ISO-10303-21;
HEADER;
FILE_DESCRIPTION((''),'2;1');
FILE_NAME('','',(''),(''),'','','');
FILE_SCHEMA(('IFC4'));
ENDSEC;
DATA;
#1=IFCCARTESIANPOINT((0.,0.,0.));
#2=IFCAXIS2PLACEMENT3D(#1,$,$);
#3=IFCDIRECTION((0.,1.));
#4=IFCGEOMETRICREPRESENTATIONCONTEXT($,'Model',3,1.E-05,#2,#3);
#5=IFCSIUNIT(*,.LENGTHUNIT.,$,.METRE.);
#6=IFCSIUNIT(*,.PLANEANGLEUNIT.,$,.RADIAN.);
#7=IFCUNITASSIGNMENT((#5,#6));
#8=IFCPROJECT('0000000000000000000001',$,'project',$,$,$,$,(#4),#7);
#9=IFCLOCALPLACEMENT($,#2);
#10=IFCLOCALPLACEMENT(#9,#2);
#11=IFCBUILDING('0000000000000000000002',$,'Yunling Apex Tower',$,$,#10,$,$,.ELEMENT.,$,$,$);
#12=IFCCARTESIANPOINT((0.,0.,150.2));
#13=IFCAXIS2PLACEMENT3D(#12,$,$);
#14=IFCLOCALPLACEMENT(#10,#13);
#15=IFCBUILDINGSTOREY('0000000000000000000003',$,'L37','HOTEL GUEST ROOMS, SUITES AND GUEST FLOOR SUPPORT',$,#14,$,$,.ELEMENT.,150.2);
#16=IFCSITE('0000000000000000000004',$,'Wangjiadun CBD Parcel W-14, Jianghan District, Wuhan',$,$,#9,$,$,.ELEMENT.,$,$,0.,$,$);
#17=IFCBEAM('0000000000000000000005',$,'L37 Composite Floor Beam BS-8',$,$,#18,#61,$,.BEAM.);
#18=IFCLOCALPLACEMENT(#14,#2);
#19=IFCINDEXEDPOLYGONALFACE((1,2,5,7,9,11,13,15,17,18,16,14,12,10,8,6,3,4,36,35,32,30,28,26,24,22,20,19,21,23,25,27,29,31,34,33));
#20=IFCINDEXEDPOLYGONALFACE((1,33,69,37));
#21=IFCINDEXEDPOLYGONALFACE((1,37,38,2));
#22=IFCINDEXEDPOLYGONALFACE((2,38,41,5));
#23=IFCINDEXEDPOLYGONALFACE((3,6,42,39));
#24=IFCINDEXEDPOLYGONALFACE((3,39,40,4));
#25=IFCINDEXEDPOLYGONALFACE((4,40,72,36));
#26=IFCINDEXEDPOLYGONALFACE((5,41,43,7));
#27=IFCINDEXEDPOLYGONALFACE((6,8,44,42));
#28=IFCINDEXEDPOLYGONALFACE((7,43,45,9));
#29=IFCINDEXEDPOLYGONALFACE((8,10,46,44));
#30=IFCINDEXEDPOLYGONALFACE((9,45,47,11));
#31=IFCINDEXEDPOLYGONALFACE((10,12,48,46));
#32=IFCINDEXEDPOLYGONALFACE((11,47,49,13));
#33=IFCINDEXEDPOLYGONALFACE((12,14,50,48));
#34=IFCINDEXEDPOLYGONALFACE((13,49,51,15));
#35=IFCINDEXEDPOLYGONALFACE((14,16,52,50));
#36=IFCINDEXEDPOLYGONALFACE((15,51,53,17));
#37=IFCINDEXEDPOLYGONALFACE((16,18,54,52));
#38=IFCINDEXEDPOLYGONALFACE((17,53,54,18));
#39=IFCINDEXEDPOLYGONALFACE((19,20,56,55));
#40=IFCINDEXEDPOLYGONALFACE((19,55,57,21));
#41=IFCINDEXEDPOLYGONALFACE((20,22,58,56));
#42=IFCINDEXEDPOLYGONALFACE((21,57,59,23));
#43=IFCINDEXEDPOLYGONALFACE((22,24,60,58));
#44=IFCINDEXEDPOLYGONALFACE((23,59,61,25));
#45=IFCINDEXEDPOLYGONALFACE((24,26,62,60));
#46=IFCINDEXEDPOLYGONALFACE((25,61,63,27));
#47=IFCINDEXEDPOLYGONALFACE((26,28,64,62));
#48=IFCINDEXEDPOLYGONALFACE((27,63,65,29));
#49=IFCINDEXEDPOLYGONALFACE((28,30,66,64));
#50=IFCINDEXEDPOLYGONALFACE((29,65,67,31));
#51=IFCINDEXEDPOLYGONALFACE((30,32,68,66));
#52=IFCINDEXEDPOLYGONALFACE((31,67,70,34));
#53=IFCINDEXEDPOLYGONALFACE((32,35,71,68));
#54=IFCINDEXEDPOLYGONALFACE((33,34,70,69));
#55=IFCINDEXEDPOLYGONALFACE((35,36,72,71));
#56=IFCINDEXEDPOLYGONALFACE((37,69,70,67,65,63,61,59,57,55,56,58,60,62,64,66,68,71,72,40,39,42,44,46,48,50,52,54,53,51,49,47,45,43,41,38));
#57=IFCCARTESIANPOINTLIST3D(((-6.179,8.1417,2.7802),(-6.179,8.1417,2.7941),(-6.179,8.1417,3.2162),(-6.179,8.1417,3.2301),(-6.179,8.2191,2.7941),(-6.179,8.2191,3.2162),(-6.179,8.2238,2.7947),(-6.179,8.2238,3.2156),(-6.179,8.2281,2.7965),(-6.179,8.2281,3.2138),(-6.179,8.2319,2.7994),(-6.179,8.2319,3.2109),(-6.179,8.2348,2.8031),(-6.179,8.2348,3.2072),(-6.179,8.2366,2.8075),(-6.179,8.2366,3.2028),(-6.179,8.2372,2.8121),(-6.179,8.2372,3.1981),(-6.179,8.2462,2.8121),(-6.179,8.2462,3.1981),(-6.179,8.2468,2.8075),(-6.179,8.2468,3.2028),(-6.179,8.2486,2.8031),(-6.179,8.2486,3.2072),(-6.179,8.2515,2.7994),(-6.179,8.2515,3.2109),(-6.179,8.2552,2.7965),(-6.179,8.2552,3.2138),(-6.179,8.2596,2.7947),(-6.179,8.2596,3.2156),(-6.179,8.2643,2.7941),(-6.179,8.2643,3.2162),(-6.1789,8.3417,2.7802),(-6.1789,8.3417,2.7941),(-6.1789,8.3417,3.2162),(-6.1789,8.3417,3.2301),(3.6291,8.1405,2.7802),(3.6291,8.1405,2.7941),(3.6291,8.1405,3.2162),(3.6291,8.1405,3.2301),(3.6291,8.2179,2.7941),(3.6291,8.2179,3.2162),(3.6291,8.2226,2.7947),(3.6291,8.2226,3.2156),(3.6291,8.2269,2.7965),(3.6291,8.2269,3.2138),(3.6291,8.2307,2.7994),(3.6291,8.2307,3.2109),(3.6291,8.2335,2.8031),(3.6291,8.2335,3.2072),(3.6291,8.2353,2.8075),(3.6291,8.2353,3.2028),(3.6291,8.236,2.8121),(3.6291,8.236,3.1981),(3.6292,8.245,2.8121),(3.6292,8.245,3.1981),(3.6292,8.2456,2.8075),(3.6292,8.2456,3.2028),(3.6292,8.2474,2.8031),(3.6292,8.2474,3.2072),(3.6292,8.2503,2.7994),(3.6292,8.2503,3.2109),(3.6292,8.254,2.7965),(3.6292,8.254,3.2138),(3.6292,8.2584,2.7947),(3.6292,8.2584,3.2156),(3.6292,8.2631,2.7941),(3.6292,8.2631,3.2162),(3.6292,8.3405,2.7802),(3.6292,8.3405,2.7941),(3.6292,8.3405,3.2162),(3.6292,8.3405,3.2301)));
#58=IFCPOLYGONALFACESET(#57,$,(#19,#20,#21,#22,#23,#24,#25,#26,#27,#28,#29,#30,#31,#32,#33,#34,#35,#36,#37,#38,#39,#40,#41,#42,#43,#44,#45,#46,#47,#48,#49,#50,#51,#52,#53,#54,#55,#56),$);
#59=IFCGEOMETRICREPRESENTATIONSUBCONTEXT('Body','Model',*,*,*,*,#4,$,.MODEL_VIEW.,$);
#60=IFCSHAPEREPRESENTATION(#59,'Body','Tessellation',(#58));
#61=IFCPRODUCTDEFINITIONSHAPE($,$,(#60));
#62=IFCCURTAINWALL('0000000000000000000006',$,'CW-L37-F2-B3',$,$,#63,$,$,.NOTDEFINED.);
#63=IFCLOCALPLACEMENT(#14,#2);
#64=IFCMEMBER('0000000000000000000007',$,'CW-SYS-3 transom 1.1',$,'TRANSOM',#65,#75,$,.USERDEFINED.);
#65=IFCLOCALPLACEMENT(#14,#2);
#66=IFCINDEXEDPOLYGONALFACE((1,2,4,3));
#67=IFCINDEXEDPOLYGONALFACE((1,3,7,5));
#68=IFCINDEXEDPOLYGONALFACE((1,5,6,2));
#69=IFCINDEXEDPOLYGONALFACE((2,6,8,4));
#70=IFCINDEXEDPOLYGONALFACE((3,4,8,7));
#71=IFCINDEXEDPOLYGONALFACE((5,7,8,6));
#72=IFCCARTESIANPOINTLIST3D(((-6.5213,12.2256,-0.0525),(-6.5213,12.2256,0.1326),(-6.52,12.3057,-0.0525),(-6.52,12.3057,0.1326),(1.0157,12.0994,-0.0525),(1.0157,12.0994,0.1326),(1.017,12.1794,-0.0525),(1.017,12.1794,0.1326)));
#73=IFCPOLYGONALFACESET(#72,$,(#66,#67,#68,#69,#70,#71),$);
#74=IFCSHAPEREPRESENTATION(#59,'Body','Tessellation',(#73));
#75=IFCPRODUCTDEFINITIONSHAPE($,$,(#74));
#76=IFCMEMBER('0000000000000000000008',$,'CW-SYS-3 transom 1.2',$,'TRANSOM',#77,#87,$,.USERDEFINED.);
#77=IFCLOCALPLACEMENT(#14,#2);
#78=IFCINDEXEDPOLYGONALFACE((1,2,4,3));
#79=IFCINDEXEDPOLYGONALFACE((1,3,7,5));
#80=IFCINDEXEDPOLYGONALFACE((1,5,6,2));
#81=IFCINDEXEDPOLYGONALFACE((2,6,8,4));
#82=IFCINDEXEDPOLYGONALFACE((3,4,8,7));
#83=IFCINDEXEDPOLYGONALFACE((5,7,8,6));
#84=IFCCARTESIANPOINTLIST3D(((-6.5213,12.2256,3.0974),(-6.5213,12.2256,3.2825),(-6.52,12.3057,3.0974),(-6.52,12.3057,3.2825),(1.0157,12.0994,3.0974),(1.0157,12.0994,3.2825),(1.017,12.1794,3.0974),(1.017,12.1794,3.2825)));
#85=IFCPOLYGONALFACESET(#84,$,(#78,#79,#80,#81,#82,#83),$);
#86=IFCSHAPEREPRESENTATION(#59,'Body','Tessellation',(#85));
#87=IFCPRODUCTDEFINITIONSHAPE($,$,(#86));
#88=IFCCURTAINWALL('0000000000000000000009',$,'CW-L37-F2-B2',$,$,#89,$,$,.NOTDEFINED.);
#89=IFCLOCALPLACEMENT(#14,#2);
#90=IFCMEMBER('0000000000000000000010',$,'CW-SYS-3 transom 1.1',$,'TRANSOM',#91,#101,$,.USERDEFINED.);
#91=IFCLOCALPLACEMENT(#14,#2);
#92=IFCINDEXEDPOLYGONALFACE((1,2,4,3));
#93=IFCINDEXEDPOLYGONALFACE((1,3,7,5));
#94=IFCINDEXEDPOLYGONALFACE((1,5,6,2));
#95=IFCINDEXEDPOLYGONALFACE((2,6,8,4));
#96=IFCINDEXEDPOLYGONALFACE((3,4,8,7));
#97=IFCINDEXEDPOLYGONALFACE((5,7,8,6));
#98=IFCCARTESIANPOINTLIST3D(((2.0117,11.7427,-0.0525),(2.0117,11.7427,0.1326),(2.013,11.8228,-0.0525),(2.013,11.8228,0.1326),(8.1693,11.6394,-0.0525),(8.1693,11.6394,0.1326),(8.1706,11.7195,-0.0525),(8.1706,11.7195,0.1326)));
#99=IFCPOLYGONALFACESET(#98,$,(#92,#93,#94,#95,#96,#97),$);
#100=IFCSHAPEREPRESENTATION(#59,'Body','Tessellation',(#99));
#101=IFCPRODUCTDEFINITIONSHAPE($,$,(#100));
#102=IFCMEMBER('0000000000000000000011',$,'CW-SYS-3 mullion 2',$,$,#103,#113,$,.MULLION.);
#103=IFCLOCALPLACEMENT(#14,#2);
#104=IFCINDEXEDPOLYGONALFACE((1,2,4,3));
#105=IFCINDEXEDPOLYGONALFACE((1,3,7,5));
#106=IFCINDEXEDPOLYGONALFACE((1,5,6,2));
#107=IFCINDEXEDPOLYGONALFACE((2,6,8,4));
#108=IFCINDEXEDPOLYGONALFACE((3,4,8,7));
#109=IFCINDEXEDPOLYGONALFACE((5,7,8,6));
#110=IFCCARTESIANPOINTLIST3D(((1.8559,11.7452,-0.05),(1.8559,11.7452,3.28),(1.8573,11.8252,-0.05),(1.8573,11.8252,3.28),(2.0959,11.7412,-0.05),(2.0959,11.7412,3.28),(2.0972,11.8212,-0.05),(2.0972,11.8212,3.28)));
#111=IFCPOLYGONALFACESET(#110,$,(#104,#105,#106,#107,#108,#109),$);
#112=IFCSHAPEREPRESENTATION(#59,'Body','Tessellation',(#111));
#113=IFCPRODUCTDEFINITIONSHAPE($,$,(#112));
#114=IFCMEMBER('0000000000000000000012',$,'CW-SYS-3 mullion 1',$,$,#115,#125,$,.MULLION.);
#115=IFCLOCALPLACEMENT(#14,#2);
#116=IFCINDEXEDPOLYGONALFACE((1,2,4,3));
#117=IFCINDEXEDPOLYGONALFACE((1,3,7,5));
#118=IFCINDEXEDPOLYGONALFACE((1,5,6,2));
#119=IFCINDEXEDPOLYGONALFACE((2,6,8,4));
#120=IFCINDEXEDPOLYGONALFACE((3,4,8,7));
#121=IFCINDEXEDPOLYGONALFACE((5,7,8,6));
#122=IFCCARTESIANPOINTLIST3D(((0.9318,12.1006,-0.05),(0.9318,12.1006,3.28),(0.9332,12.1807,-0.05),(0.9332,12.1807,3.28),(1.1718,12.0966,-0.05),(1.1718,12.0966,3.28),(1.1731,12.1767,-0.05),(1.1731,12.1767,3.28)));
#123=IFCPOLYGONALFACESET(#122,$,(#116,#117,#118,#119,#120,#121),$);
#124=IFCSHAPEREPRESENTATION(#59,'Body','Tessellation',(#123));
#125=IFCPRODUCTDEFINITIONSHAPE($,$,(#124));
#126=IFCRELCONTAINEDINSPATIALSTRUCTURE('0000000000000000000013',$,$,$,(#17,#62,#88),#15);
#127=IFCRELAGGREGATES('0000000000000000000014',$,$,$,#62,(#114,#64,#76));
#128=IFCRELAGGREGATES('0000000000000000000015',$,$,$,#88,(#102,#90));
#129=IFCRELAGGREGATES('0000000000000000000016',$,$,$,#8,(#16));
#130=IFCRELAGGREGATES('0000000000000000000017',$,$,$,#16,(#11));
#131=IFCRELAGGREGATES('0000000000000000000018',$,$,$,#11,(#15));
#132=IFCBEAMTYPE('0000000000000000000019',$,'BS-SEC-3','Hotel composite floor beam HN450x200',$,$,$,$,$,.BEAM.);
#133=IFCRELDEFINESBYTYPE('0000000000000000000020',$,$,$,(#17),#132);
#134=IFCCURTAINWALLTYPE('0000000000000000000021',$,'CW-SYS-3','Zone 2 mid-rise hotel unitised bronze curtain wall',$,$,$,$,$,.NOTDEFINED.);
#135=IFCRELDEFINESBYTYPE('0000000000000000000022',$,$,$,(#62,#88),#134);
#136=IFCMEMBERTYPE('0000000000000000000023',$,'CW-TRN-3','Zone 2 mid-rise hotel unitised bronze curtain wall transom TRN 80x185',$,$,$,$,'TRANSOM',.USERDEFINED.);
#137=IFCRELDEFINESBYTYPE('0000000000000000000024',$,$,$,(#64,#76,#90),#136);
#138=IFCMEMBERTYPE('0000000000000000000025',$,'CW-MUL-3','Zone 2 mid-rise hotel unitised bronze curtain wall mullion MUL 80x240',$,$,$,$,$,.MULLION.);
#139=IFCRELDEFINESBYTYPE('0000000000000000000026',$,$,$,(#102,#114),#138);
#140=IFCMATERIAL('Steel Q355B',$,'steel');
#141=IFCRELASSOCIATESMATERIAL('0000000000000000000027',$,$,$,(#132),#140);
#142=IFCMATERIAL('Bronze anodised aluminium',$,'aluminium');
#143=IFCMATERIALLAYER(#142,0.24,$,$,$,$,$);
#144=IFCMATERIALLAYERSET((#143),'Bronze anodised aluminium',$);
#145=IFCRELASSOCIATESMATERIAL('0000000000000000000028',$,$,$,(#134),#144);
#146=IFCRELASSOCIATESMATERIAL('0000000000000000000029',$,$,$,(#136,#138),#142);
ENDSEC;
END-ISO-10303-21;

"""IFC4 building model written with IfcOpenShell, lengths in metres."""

from ifc_helpers import new_model, si_unit, direction, frame, origin, origin_2d, place, context, subcontext, project, spatial, rectangle, i_section, extrude, source, transform, mapped, material, layer, layer_set, material_profile, profile_set, type_object, element, aggregate, save


model = new_model("IFC4")

# Units and contexts
model_context = context("Model", 3, precision=1e-05, world=origin(), true_north=direction((0.0, 1.0)))
body_context = subcontext(model_context, "Body", "Model", "MODEL_VIEW")
ifc_project = project(units=[si_unit("LENGTHUNIT", "METRE"), si_unit("PLANEANGLEUNIT", "RADIAN")], contexts=[model_context])

# Site, building, storey
site_placement = place(None, origin())
site = spatial("IfcSite", under=ifc_project, at=site_placement, Name="Wangjiadun CBD Parcel W-14, Jianghan District, Wuhan", CompositionType="ELEMENT", RefElevation=0.0)
building_placement = place(site_placement, origin())
building = spatial("IfcBuilding", under=site, at=building_placement, Name="Yunling Apex Tower", CompositionType="ELEMENT")
storey_placement = place(building_placement, frame((0.0, 0.0, 150.2)))
storey = spatial("IfcBuildingStorey", under=building, at=storey_placement, Name="L37", Description="HOTEL GUEST ROOMS, SUITES AND GUEST FLOOR SUPPORT", CompositionType="ELEMENT", Elevation=150.2)

# Beam
ifc_material_1 = material(Name="Steel Q355B", Category="steel")
ifc_material_profile_1 = material_profile(ifc_material_1, i_section(OverallWidth=0.2, OverallDepth=0.45, WebThickness=0.009, FlangeThickness=0.0139, FilletRadius=0.0181, at=origin_2d()))
ifc_profile_set_1 = profile_set([ifc_material_profile_1], Name="Steel Q355B")
beam_type_1 = type_object("IfcBeamType", Name="BS-SEC-3", Description="Hotel composite floor beam HN450x200", PredefinedType="BEAM", material=ifc_profile_set_1)
shared_shape_1 = source(origin(), body_context, "Body", "SweptSolid", [
    extrude(i_section(OverallWidth=0.2, OverallDepth=0.45, WebThickness=0.009, FlangeThickness=0.0139, FilletRadius=0.0181, at=origin_2d()), origin(), (0.0, 0.0, 1.0), 9.8081),
])
beam_1_placement = place(storey_placement, frame((3.6292, 8.2405, 3.0051), z_axis=(-1.0, 0.000124, 0.0), x_axis=(-0.000124, -1.0, 0.0)))
element("IfcBeam", 1, at=beam_1_placement, inside=storey, type_object=beam_type_1, Name="L37 Composite Floor Beam BS-8", PredefinedType="BEAM", context=body_context, shape_type="MappedRepresentation", body=[
    mapped(shared_shape_1, transform((0.0, 0.0, 0.0), scale=1.0)),
])

# Curtain walls, members
ifc_material_2 = material(Name="Bronze anodised aluminium", Category="aluminium")
ifc_layer_1 = layer(ifc_material_2, 0.24)
ifc_layer_set_1 = layer_set([ifc_layer_1], Name="Bronze anodised aluminium")
curtain_wall_type = type_object("IfcCurtainWallType", Name="CW-SYS-3", Description="Zone 2 mid-rise hotel unitised bronze curtain wall", PredefinedType="NOTDEFINED", material=ifc_layer_set_1)
curtain_wall_1_placement = place(storey_placement, origin())
curtain_wall_1 = element("IfcCurtainWall", 2, at=curtain_wall_1_placement, inside=storey, type_object=curtain_wall_type, Name="CW-L37-F2-B3", PredefinedType="NOTDEFINED")
ifc_material_profile_2 = material_profile(ifc_material_2, rectangle(XDim=0.0801, YDim=0.1851, at=origin_2d()))
ifc_profile_set_2 = profile_set([ifc_material_profile_2], Name="Bronze anodised aluminium")
member_type_1 = type_object("IfcMemberType", Name="CW-TRN-3", Description="Zone 2 mid-rise hotel unitised bronze curtain wall transom TRN 80x185", ElementType="TRANSOM", PredefinedType="USERDEFINED", material=ifc_profile_set_2)
shared_shape_2 = source(origin(), body_context, "Body", "SweptSolid", [
    extrude(rectangle(XDim=0.0801, YDim=0.1851, at=origin_2d()), origin(), (0.0, 0.0, 1.0), 7.5381),
])
member_1_placement = place(storey_placement, frame((1.0164, 12.1394, 0.04), z_axis=(-0.99986, 0.016744, 0.0), x_axis=(-0.016744, -0.99986, 0.0)))
member_1 = element("IfcMember", 3, at=member_1_placement, type_object=member_type_1, Name="CW-SYS-3 transom 1.1", ObjectType="TRANSOM", PredefinedType="USERDEFINED", context=body_context, shape_type="MappedRepresentation", body=[
    mapped(shared_shape_2, transform((0.0, 0.0, 0.0), scale=1.0)),
])
member_2_placement = place(storey_placement, frame((1.0164, 12.1394, 3.1899), z_axis=(-0.99986, 0.016744, 0.0), x_axis=(-0.016744, -0.99986, 0.0)))
member_2 = element("IfcMember", 4, at=member_2_placement, type_object=member_type_1, Name="CW-SYS-3 transom 1.2", ObjectType="TRANSOM", PredefinedType="USERDEFINED", context=body_context, shape_type="MappedRepresentation", body=[
    mapped(shared_shape_2, transform((0.0, 0.0, 0.0), scale=1.0)),
])
curtain_wall_2_placement = place(storey_placement, origin())
curtain_wall_2 = element("IfcCurtainWall", 5, at=curtain_wall_2_placement, inside=storey, type_object=curtain_wall_type, Name="CW-L37-F2-B2", PredefinedType="NOTDEFINED")
shared_shape_3 = source(origin(), body_context, "Body", "SweptSolid", [
    extrude(rectangle(XDim=0.0801, YDim=0.1851, at=origin_2d()), origin(), (0.0, 0.0, 1.0), 6.1584),
])
member_3_placement = place(storey_placement, frame((8.1699, 11.6794, 0.04), z_axis=(-0.999859, 0.016769, 0.0), x_axis=(-0.016769, -0.999859, 0.0)))
member_3 = element("IfcMember", 6, at=member_3_placement, type_object=member_type_1, Name="CW-SYS-3 transom 1.1", ObjectType="TRANSOM", PredefinedType="USERDEFINED", context=body_context, shape_type="MappedRepresentation", body=[
    mapped(shared_shape_3, transform((0.0, 0.0, 0.0), scale=1.0)),
])
ifc_material_profile_3 = material_profile(ifc_material_2, rectangle(XDim=0.0801, YDim=0.24, at=origin_2d()))
ifc_profile_set_3 = profile_set([ifc_material_profile_3], Name="Bronze anodised aluminium")
member_type_2 = type_object("IfcMemberType", Name="CW-MUL-3", Description="Zone 2 mid-rise hotel unitised bronze curtain wall mullion MUL 80x240", PredefinedType="MULLION", material=ifc_profile_set_3)
shared_shape_4 = source(origin(), body_context, "Body", "SweptSolid", [
    extrude(rectangle(XDim=0.0801, YDim=0.24, at=origin_2d()), origin(), (0.0, 0.0, 1.0), 3.3301),
])
member_4_placement = place(storey_placement, frame((1.9766, 11.7832, -0.05), z_axis=(0.0, 0.0, 1.0), x_axis=(-0.016767, -0.999859, 0.0)))
member_4 = element("IfcMember", 7, at=member_4_placement, type_object=member_type_2, Name="CW-SYS-3 mullion 2", PredefinedType="MULLION", context=body_context, shape_type="MappedRepresentation", body=[
    mapped(shared_shape_4, transform((0.0, 0.0, 0.0), scale=1.0)),
])

# Member
member_5_placement = place(storey_placement, frame((1.0525, 12.1387, -0.05), z_axis=(0.0, 0.0, 1.0), x_axis=(-0.016762, -0.99986, 0.0)))
member_5 = element("IfcMember", 8, at=member_5_placement, type_object=member_type_2, Name="CW-SYS-3 mullion 1", PredefinedType="MULLION", context=body_context, shape_type="MappedRepresentation", body=[
    mapped(shared_shape_4, transform((0.0, 0.0, 0.0), scale=1.0)),
])
aggregate(curtain_wall_1, [member_5, member_1, member_2])

aggregate(curtain_wall_2, [member_4, member_3])

save(model, "model.ifc")
